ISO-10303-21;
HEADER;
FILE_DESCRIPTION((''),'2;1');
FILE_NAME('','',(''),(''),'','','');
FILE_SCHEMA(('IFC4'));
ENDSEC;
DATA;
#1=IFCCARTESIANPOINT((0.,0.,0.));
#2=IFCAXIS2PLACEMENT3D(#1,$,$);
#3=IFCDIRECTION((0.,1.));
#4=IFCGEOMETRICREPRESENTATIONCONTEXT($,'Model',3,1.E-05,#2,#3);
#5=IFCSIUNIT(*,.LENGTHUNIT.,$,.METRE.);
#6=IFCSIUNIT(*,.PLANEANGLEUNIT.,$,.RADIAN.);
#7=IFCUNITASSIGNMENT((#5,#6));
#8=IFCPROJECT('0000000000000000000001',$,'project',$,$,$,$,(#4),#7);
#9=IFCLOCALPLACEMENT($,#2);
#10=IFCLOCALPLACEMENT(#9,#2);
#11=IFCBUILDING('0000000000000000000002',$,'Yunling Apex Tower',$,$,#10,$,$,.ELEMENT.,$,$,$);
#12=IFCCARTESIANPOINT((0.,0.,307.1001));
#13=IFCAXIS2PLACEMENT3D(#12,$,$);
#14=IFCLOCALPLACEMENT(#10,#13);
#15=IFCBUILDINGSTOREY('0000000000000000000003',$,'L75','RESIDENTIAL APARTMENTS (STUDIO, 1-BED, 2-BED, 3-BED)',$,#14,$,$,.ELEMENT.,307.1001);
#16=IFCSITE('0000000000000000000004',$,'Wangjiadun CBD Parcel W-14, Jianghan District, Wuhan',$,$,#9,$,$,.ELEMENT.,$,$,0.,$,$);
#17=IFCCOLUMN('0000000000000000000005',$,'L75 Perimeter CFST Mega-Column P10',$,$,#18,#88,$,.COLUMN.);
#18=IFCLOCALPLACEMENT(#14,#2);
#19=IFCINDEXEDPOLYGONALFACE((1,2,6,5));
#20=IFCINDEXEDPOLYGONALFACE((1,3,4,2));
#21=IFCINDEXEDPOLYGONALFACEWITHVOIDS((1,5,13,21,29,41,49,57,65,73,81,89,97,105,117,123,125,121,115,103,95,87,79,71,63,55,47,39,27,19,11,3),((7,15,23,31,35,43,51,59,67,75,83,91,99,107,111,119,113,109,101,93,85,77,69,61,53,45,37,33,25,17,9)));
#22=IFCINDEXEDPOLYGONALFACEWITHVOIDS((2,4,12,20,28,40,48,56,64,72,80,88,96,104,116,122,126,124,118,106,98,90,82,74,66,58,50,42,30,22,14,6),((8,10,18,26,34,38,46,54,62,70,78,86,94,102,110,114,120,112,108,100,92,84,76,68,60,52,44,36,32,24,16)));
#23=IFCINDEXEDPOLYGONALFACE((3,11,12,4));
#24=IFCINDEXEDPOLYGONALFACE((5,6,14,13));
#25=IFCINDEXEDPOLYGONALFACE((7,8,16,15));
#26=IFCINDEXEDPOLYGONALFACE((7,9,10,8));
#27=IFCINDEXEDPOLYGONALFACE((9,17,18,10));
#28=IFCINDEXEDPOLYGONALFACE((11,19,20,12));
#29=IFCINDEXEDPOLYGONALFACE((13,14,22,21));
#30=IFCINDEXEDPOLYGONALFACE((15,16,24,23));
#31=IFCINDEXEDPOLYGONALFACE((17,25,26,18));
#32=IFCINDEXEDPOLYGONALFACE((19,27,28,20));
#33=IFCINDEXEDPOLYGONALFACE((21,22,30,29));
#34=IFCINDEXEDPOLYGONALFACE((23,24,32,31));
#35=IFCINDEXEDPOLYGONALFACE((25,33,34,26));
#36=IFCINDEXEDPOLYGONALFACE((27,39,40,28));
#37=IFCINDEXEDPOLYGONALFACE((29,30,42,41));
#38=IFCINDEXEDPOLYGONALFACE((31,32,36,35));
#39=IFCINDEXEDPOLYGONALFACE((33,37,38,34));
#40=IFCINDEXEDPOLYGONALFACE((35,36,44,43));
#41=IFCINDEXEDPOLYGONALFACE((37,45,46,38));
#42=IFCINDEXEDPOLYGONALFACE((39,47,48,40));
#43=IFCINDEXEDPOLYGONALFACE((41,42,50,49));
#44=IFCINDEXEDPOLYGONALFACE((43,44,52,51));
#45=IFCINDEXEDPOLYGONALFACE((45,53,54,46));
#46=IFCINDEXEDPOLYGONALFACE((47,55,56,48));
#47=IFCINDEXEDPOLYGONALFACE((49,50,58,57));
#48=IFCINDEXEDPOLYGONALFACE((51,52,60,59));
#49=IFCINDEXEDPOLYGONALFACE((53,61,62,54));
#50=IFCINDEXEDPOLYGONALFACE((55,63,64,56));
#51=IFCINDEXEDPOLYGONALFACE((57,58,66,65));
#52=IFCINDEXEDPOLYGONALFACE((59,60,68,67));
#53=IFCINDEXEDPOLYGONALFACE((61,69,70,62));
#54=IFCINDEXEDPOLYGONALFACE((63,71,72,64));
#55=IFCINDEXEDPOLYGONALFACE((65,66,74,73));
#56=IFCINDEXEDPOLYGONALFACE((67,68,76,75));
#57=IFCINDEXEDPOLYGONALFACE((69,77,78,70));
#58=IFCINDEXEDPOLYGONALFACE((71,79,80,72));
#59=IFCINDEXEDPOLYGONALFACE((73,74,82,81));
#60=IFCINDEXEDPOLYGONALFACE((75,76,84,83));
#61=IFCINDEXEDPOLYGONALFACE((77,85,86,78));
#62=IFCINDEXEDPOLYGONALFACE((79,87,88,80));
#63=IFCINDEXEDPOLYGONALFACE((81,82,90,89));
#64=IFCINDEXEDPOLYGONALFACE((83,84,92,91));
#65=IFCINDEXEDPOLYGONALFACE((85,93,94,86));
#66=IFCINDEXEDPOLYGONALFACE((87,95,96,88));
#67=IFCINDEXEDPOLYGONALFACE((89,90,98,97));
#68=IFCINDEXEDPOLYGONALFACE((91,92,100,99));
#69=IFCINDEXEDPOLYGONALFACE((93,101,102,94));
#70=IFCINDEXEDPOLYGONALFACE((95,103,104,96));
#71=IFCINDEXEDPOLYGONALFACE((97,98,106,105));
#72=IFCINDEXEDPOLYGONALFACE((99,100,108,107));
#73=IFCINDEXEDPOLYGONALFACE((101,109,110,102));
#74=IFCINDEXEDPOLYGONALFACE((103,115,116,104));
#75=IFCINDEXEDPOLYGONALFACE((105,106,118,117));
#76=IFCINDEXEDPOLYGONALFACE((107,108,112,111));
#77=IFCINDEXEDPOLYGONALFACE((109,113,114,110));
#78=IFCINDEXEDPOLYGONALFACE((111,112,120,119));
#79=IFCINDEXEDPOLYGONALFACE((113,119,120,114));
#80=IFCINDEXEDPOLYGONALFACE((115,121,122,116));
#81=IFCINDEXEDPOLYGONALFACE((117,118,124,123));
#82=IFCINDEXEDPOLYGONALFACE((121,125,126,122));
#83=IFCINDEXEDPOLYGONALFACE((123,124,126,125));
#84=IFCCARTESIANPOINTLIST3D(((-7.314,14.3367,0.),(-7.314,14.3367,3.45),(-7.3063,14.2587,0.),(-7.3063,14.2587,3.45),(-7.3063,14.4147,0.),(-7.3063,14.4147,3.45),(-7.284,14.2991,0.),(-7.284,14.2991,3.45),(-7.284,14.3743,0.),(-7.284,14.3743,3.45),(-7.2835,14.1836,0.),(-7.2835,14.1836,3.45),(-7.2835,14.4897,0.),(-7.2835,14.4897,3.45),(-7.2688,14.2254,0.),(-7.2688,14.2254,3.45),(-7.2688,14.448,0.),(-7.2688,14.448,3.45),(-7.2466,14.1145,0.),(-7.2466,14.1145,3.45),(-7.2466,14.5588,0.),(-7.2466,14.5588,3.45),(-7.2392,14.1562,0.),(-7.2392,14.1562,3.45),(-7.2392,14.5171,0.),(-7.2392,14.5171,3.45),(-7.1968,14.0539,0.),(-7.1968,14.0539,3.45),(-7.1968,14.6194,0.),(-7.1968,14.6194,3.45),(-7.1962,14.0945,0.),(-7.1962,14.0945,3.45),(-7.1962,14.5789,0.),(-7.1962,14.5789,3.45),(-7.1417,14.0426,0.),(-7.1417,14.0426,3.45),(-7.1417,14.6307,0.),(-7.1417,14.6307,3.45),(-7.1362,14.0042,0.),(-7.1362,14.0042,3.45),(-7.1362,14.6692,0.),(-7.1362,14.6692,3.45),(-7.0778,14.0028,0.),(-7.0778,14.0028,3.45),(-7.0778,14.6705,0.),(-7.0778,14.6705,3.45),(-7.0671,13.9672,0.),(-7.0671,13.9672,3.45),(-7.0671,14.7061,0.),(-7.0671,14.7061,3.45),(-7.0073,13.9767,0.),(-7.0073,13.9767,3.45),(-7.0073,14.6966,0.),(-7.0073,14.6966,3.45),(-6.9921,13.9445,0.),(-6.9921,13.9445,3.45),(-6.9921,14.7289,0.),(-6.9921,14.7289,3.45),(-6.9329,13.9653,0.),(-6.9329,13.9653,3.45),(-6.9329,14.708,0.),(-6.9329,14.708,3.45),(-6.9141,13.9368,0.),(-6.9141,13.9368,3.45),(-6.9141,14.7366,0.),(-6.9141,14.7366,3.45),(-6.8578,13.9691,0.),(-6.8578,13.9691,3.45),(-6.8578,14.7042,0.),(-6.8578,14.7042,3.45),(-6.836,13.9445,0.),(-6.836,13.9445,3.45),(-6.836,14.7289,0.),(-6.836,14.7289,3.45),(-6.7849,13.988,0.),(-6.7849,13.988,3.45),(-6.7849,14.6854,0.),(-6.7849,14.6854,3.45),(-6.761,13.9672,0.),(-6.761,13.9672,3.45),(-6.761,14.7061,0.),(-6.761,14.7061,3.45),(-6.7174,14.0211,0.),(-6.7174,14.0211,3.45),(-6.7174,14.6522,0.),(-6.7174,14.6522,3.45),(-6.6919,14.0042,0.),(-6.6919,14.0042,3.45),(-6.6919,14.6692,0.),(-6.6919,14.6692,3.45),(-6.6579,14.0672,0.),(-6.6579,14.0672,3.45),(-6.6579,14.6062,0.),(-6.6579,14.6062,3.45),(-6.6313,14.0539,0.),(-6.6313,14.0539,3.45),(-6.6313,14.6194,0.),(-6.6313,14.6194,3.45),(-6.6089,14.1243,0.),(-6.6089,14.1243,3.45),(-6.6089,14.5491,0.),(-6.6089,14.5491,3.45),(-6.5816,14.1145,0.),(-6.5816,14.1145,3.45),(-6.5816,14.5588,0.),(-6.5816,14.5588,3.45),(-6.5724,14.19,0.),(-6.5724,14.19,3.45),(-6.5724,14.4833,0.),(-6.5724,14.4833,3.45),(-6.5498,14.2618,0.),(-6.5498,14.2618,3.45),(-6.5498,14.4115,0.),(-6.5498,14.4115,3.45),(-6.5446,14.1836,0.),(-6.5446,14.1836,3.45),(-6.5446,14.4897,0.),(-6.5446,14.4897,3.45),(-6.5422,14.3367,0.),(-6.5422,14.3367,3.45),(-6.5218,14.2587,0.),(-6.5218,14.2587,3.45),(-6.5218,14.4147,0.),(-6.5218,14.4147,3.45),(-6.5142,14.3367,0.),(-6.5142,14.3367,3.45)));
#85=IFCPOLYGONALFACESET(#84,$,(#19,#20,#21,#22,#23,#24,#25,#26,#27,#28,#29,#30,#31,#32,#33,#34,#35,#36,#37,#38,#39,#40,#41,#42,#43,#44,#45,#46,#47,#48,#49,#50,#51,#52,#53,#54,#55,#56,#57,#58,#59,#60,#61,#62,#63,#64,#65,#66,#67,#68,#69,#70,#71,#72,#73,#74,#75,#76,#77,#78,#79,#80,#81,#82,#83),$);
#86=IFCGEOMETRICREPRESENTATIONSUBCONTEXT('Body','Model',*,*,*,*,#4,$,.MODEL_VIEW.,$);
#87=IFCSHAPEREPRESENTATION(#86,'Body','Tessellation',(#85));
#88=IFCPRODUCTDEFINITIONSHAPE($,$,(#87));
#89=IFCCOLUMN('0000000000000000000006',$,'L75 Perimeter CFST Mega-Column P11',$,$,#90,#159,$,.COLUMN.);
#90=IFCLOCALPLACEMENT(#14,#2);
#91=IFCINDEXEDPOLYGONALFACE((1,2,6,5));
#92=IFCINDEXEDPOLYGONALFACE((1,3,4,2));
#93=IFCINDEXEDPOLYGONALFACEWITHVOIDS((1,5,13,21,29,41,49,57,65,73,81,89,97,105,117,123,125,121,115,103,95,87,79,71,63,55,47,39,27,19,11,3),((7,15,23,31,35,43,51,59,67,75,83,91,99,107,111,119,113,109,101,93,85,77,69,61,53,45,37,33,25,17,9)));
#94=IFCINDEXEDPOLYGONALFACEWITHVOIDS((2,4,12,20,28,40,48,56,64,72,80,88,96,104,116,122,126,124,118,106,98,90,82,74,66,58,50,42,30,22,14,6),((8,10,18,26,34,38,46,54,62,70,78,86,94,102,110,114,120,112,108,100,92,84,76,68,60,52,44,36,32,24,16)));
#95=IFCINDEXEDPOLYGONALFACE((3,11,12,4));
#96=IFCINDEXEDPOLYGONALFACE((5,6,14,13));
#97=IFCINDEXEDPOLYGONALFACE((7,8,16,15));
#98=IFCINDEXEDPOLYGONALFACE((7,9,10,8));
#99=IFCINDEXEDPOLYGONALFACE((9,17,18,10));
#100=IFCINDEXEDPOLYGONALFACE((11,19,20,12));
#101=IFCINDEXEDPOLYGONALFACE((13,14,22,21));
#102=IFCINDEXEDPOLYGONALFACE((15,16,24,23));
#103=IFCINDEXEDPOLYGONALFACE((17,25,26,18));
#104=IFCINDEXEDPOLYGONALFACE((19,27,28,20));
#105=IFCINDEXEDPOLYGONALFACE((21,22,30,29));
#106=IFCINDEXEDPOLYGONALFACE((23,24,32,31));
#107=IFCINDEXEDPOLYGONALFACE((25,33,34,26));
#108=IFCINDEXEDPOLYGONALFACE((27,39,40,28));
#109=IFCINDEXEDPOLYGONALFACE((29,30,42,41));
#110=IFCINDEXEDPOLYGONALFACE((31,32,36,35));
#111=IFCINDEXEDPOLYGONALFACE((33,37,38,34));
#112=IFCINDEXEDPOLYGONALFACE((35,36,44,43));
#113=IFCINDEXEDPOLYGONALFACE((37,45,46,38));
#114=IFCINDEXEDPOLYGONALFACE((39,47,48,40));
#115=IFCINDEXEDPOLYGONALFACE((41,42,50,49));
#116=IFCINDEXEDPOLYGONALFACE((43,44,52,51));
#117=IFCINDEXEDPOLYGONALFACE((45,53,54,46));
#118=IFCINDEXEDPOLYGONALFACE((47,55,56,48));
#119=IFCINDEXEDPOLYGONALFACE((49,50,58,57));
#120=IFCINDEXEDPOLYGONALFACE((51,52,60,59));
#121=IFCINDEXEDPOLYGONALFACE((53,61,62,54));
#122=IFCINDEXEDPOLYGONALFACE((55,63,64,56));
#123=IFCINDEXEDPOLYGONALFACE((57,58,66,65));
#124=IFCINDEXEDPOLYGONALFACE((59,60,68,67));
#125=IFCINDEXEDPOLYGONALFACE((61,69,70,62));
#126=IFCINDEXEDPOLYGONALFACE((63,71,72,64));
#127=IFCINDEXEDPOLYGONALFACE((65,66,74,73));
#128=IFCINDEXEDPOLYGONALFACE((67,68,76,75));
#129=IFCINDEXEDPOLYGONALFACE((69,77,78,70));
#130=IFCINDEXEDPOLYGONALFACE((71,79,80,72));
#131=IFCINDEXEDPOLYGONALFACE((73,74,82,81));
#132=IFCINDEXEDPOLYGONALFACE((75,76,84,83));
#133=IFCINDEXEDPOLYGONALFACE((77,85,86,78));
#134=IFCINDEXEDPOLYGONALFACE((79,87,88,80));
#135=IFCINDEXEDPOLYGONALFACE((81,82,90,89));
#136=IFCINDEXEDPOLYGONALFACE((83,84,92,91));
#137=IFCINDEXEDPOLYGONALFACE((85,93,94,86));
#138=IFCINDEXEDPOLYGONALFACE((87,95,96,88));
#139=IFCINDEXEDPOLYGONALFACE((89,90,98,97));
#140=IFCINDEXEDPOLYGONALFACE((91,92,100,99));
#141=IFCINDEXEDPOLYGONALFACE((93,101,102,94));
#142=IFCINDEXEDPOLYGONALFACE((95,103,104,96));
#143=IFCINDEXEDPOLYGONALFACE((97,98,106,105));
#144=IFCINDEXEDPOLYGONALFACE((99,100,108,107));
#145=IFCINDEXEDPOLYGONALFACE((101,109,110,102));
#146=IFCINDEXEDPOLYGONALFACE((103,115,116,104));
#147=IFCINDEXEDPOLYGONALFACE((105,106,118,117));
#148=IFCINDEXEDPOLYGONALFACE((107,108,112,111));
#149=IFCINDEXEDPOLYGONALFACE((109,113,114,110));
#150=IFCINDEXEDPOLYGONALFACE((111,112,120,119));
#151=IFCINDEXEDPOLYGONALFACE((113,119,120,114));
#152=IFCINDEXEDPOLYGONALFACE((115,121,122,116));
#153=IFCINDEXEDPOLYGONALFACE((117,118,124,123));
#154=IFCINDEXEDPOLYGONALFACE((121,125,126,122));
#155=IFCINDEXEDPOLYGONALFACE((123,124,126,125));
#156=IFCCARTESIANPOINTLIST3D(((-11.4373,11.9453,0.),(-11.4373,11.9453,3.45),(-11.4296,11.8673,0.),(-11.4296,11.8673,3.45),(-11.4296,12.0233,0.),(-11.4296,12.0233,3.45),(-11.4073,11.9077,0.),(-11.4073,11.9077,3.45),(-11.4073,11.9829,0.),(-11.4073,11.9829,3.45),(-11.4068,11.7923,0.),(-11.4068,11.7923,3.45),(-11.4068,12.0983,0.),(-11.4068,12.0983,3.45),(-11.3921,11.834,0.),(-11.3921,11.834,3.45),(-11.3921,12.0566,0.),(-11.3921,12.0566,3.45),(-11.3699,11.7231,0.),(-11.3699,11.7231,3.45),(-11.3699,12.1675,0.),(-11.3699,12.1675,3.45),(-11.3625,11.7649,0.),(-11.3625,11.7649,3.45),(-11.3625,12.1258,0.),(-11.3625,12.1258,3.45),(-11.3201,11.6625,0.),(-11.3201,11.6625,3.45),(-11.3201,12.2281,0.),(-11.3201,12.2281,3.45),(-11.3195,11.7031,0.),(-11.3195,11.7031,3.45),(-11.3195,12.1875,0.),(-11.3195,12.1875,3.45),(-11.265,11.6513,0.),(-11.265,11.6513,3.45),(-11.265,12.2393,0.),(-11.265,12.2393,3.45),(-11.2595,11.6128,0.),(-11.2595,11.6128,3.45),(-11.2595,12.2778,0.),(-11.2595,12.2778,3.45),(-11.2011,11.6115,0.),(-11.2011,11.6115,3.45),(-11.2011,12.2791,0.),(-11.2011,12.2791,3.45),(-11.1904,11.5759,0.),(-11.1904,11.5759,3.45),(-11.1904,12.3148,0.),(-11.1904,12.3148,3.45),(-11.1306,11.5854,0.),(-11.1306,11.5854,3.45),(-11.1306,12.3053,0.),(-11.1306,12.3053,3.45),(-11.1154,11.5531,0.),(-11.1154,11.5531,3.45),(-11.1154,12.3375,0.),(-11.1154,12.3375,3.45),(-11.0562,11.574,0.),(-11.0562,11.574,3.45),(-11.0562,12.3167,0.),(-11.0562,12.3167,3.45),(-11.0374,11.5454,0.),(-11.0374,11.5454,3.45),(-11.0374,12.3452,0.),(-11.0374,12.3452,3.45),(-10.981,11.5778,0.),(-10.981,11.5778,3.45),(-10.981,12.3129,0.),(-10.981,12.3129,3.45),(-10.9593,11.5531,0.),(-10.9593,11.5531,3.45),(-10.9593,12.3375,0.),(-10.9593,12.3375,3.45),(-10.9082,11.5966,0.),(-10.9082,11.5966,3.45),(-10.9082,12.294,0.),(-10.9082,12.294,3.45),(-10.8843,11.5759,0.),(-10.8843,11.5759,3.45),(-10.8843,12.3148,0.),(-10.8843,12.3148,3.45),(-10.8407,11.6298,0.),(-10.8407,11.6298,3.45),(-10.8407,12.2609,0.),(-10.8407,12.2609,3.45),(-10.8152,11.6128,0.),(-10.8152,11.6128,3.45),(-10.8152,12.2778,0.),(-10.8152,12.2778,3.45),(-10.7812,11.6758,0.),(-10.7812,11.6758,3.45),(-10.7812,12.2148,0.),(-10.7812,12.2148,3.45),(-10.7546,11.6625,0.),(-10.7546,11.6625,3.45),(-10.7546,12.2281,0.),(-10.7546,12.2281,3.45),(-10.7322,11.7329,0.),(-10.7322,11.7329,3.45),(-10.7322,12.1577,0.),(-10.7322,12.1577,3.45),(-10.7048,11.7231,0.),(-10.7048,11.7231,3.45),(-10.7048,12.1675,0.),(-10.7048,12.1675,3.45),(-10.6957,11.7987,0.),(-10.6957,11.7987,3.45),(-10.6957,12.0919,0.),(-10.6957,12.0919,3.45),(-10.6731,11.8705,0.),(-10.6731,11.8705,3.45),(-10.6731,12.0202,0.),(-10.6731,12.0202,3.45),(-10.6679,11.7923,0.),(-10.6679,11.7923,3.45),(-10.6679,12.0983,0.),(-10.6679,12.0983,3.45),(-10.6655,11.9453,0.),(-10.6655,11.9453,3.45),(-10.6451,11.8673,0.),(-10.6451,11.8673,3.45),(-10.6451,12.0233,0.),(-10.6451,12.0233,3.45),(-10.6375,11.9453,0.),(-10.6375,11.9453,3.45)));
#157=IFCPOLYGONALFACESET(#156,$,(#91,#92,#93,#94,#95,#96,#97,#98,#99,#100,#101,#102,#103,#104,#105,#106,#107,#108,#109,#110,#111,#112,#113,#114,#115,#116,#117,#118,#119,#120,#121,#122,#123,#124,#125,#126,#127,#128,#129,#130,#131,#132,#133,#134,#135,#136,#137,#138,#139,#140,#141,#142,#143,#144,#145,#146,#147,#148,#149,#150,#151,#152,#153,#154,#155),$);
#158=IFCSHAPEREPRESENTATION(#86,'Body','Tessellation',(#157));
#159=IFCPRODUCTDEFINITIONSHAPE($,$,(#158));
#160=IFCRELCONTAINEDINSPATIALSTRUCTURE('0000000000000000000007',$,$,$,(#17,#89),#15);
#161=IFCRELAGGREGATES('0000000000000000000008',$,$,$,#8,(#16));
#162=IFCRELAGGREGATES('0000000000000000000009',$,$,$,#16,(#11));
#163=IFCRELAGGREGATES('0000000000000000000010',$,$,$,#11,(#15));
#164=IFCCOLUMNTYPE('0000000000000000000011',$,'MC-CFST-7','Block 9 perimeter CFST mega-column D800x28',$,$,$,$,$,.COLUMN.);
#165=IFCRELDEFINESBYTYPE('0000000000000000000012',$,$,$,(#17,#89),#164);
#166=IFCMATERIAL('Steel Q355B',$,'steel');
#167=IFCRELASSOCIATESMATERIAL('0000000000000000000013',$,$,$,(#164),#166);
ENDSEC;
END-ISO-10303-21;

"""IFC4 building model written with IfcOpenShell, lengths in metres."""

from ifc_helpers import new_model, si_unit, direction, frame, origin, origin_2d, place, context, subcontext, project, spatial, hollow_circle, extrude, source, transform, mapped, material, material_profile, profile_set, type_object, element, save


model = new_model("IFC4")

# Units and contexts
model_context = context("Model", 3, precision=1e-05, world=origin(), true_north=direction((0.0, 1.0)))
body_context = subcontext(model_context, "Body", "Model", "MODEL_VIEW")
ifc_project = project(units=[si_unit("LENGTHUNIT", "METRE"), si_unit("PLANEANGLEUNIT", "RADIAN")], contexts=[model_context])

# Site, building, storey
site_placement = place(None, origin())
site = spatial("IfcSite", under=ifc_project, at=site_placement, Name="Wangjiadun CBD Parcel W-14, Jianghan District, Wuhan", CompositionType="ELEMENT", RefElevation=0.0)
building_placement = place(site_placement, origin())
building = spatial("IfcBuilding", under=site, at=building_placement, Name="Yunling Apex Tower", CompositionType="ELEMENT")
storey_placement = place(building_placement, frame((0.0, 0.0, 307.1001)))
storey = spatial("IfcBuildingStorey", under=building, at=storey_placement, Name="L75", Description="RESIDENTIAL APARTMENTS (STUDIO, 1-BED, 2-BED, 3-BED)", CompositionType="ELEMENT", Elevation=307.1001)

# Columns
ifc_material_1 = material(Name="Steel Q355B", Category="steel")
ifc_material_profile_1 = material_profile(ifc_material_1, hollow_circle(Radius=0.3999, WallThickness=0.0281, at=origin_2d()))
ifc_profile_set_1 = profile_set([ifc_material_profile_1], Name="Steel Q355B")
column_type = type_object("IfcColumnType", Name="MC-CFST-7", Description="Block 9 perimeter CFST mega-column D800x28", PredefinedType="COLUMN", material=ifc_profile_set_1)
shared_shape_1 = source(origin(), body_context, "Body", "SweptSolid", [
    extrude(hollow_circle(Radius=0.3999, WallThickness=0.0281, at=origin_2d()), origin(), (0.0, 0.0, 1.0), 3.45),
])
for number, where, z_axis, x_axis, name in (
    (1, (-6.9141, 14.3367, 0.0), (0.0, 0.0, 1.0), (1.0, 0.0, 0.0), "L75 Perimeter CFST Mega-Column P10"),
    (2, (-11.0374, 11.9453, 0.0), (0.0, 0.0, 1.0), (1.0, 0.0, 0.0), "L75 Perimeter CFST Mega-Column P11"),
):
    element("IfcColumn", number, at=place(storey_placement, frame(where, z_axis=z_axis, x_axis=x_axis)), inside=storey, type_object=column_type, Name=name, PredefinedType="COLUMN", context=body_context, shape_type="MappedRepresentation", body=[
        mapped(shared_shape_1, transform((0.0, 0.0, 0.0), scale=1.0)),
    ])

save(model, "model.ifc")
